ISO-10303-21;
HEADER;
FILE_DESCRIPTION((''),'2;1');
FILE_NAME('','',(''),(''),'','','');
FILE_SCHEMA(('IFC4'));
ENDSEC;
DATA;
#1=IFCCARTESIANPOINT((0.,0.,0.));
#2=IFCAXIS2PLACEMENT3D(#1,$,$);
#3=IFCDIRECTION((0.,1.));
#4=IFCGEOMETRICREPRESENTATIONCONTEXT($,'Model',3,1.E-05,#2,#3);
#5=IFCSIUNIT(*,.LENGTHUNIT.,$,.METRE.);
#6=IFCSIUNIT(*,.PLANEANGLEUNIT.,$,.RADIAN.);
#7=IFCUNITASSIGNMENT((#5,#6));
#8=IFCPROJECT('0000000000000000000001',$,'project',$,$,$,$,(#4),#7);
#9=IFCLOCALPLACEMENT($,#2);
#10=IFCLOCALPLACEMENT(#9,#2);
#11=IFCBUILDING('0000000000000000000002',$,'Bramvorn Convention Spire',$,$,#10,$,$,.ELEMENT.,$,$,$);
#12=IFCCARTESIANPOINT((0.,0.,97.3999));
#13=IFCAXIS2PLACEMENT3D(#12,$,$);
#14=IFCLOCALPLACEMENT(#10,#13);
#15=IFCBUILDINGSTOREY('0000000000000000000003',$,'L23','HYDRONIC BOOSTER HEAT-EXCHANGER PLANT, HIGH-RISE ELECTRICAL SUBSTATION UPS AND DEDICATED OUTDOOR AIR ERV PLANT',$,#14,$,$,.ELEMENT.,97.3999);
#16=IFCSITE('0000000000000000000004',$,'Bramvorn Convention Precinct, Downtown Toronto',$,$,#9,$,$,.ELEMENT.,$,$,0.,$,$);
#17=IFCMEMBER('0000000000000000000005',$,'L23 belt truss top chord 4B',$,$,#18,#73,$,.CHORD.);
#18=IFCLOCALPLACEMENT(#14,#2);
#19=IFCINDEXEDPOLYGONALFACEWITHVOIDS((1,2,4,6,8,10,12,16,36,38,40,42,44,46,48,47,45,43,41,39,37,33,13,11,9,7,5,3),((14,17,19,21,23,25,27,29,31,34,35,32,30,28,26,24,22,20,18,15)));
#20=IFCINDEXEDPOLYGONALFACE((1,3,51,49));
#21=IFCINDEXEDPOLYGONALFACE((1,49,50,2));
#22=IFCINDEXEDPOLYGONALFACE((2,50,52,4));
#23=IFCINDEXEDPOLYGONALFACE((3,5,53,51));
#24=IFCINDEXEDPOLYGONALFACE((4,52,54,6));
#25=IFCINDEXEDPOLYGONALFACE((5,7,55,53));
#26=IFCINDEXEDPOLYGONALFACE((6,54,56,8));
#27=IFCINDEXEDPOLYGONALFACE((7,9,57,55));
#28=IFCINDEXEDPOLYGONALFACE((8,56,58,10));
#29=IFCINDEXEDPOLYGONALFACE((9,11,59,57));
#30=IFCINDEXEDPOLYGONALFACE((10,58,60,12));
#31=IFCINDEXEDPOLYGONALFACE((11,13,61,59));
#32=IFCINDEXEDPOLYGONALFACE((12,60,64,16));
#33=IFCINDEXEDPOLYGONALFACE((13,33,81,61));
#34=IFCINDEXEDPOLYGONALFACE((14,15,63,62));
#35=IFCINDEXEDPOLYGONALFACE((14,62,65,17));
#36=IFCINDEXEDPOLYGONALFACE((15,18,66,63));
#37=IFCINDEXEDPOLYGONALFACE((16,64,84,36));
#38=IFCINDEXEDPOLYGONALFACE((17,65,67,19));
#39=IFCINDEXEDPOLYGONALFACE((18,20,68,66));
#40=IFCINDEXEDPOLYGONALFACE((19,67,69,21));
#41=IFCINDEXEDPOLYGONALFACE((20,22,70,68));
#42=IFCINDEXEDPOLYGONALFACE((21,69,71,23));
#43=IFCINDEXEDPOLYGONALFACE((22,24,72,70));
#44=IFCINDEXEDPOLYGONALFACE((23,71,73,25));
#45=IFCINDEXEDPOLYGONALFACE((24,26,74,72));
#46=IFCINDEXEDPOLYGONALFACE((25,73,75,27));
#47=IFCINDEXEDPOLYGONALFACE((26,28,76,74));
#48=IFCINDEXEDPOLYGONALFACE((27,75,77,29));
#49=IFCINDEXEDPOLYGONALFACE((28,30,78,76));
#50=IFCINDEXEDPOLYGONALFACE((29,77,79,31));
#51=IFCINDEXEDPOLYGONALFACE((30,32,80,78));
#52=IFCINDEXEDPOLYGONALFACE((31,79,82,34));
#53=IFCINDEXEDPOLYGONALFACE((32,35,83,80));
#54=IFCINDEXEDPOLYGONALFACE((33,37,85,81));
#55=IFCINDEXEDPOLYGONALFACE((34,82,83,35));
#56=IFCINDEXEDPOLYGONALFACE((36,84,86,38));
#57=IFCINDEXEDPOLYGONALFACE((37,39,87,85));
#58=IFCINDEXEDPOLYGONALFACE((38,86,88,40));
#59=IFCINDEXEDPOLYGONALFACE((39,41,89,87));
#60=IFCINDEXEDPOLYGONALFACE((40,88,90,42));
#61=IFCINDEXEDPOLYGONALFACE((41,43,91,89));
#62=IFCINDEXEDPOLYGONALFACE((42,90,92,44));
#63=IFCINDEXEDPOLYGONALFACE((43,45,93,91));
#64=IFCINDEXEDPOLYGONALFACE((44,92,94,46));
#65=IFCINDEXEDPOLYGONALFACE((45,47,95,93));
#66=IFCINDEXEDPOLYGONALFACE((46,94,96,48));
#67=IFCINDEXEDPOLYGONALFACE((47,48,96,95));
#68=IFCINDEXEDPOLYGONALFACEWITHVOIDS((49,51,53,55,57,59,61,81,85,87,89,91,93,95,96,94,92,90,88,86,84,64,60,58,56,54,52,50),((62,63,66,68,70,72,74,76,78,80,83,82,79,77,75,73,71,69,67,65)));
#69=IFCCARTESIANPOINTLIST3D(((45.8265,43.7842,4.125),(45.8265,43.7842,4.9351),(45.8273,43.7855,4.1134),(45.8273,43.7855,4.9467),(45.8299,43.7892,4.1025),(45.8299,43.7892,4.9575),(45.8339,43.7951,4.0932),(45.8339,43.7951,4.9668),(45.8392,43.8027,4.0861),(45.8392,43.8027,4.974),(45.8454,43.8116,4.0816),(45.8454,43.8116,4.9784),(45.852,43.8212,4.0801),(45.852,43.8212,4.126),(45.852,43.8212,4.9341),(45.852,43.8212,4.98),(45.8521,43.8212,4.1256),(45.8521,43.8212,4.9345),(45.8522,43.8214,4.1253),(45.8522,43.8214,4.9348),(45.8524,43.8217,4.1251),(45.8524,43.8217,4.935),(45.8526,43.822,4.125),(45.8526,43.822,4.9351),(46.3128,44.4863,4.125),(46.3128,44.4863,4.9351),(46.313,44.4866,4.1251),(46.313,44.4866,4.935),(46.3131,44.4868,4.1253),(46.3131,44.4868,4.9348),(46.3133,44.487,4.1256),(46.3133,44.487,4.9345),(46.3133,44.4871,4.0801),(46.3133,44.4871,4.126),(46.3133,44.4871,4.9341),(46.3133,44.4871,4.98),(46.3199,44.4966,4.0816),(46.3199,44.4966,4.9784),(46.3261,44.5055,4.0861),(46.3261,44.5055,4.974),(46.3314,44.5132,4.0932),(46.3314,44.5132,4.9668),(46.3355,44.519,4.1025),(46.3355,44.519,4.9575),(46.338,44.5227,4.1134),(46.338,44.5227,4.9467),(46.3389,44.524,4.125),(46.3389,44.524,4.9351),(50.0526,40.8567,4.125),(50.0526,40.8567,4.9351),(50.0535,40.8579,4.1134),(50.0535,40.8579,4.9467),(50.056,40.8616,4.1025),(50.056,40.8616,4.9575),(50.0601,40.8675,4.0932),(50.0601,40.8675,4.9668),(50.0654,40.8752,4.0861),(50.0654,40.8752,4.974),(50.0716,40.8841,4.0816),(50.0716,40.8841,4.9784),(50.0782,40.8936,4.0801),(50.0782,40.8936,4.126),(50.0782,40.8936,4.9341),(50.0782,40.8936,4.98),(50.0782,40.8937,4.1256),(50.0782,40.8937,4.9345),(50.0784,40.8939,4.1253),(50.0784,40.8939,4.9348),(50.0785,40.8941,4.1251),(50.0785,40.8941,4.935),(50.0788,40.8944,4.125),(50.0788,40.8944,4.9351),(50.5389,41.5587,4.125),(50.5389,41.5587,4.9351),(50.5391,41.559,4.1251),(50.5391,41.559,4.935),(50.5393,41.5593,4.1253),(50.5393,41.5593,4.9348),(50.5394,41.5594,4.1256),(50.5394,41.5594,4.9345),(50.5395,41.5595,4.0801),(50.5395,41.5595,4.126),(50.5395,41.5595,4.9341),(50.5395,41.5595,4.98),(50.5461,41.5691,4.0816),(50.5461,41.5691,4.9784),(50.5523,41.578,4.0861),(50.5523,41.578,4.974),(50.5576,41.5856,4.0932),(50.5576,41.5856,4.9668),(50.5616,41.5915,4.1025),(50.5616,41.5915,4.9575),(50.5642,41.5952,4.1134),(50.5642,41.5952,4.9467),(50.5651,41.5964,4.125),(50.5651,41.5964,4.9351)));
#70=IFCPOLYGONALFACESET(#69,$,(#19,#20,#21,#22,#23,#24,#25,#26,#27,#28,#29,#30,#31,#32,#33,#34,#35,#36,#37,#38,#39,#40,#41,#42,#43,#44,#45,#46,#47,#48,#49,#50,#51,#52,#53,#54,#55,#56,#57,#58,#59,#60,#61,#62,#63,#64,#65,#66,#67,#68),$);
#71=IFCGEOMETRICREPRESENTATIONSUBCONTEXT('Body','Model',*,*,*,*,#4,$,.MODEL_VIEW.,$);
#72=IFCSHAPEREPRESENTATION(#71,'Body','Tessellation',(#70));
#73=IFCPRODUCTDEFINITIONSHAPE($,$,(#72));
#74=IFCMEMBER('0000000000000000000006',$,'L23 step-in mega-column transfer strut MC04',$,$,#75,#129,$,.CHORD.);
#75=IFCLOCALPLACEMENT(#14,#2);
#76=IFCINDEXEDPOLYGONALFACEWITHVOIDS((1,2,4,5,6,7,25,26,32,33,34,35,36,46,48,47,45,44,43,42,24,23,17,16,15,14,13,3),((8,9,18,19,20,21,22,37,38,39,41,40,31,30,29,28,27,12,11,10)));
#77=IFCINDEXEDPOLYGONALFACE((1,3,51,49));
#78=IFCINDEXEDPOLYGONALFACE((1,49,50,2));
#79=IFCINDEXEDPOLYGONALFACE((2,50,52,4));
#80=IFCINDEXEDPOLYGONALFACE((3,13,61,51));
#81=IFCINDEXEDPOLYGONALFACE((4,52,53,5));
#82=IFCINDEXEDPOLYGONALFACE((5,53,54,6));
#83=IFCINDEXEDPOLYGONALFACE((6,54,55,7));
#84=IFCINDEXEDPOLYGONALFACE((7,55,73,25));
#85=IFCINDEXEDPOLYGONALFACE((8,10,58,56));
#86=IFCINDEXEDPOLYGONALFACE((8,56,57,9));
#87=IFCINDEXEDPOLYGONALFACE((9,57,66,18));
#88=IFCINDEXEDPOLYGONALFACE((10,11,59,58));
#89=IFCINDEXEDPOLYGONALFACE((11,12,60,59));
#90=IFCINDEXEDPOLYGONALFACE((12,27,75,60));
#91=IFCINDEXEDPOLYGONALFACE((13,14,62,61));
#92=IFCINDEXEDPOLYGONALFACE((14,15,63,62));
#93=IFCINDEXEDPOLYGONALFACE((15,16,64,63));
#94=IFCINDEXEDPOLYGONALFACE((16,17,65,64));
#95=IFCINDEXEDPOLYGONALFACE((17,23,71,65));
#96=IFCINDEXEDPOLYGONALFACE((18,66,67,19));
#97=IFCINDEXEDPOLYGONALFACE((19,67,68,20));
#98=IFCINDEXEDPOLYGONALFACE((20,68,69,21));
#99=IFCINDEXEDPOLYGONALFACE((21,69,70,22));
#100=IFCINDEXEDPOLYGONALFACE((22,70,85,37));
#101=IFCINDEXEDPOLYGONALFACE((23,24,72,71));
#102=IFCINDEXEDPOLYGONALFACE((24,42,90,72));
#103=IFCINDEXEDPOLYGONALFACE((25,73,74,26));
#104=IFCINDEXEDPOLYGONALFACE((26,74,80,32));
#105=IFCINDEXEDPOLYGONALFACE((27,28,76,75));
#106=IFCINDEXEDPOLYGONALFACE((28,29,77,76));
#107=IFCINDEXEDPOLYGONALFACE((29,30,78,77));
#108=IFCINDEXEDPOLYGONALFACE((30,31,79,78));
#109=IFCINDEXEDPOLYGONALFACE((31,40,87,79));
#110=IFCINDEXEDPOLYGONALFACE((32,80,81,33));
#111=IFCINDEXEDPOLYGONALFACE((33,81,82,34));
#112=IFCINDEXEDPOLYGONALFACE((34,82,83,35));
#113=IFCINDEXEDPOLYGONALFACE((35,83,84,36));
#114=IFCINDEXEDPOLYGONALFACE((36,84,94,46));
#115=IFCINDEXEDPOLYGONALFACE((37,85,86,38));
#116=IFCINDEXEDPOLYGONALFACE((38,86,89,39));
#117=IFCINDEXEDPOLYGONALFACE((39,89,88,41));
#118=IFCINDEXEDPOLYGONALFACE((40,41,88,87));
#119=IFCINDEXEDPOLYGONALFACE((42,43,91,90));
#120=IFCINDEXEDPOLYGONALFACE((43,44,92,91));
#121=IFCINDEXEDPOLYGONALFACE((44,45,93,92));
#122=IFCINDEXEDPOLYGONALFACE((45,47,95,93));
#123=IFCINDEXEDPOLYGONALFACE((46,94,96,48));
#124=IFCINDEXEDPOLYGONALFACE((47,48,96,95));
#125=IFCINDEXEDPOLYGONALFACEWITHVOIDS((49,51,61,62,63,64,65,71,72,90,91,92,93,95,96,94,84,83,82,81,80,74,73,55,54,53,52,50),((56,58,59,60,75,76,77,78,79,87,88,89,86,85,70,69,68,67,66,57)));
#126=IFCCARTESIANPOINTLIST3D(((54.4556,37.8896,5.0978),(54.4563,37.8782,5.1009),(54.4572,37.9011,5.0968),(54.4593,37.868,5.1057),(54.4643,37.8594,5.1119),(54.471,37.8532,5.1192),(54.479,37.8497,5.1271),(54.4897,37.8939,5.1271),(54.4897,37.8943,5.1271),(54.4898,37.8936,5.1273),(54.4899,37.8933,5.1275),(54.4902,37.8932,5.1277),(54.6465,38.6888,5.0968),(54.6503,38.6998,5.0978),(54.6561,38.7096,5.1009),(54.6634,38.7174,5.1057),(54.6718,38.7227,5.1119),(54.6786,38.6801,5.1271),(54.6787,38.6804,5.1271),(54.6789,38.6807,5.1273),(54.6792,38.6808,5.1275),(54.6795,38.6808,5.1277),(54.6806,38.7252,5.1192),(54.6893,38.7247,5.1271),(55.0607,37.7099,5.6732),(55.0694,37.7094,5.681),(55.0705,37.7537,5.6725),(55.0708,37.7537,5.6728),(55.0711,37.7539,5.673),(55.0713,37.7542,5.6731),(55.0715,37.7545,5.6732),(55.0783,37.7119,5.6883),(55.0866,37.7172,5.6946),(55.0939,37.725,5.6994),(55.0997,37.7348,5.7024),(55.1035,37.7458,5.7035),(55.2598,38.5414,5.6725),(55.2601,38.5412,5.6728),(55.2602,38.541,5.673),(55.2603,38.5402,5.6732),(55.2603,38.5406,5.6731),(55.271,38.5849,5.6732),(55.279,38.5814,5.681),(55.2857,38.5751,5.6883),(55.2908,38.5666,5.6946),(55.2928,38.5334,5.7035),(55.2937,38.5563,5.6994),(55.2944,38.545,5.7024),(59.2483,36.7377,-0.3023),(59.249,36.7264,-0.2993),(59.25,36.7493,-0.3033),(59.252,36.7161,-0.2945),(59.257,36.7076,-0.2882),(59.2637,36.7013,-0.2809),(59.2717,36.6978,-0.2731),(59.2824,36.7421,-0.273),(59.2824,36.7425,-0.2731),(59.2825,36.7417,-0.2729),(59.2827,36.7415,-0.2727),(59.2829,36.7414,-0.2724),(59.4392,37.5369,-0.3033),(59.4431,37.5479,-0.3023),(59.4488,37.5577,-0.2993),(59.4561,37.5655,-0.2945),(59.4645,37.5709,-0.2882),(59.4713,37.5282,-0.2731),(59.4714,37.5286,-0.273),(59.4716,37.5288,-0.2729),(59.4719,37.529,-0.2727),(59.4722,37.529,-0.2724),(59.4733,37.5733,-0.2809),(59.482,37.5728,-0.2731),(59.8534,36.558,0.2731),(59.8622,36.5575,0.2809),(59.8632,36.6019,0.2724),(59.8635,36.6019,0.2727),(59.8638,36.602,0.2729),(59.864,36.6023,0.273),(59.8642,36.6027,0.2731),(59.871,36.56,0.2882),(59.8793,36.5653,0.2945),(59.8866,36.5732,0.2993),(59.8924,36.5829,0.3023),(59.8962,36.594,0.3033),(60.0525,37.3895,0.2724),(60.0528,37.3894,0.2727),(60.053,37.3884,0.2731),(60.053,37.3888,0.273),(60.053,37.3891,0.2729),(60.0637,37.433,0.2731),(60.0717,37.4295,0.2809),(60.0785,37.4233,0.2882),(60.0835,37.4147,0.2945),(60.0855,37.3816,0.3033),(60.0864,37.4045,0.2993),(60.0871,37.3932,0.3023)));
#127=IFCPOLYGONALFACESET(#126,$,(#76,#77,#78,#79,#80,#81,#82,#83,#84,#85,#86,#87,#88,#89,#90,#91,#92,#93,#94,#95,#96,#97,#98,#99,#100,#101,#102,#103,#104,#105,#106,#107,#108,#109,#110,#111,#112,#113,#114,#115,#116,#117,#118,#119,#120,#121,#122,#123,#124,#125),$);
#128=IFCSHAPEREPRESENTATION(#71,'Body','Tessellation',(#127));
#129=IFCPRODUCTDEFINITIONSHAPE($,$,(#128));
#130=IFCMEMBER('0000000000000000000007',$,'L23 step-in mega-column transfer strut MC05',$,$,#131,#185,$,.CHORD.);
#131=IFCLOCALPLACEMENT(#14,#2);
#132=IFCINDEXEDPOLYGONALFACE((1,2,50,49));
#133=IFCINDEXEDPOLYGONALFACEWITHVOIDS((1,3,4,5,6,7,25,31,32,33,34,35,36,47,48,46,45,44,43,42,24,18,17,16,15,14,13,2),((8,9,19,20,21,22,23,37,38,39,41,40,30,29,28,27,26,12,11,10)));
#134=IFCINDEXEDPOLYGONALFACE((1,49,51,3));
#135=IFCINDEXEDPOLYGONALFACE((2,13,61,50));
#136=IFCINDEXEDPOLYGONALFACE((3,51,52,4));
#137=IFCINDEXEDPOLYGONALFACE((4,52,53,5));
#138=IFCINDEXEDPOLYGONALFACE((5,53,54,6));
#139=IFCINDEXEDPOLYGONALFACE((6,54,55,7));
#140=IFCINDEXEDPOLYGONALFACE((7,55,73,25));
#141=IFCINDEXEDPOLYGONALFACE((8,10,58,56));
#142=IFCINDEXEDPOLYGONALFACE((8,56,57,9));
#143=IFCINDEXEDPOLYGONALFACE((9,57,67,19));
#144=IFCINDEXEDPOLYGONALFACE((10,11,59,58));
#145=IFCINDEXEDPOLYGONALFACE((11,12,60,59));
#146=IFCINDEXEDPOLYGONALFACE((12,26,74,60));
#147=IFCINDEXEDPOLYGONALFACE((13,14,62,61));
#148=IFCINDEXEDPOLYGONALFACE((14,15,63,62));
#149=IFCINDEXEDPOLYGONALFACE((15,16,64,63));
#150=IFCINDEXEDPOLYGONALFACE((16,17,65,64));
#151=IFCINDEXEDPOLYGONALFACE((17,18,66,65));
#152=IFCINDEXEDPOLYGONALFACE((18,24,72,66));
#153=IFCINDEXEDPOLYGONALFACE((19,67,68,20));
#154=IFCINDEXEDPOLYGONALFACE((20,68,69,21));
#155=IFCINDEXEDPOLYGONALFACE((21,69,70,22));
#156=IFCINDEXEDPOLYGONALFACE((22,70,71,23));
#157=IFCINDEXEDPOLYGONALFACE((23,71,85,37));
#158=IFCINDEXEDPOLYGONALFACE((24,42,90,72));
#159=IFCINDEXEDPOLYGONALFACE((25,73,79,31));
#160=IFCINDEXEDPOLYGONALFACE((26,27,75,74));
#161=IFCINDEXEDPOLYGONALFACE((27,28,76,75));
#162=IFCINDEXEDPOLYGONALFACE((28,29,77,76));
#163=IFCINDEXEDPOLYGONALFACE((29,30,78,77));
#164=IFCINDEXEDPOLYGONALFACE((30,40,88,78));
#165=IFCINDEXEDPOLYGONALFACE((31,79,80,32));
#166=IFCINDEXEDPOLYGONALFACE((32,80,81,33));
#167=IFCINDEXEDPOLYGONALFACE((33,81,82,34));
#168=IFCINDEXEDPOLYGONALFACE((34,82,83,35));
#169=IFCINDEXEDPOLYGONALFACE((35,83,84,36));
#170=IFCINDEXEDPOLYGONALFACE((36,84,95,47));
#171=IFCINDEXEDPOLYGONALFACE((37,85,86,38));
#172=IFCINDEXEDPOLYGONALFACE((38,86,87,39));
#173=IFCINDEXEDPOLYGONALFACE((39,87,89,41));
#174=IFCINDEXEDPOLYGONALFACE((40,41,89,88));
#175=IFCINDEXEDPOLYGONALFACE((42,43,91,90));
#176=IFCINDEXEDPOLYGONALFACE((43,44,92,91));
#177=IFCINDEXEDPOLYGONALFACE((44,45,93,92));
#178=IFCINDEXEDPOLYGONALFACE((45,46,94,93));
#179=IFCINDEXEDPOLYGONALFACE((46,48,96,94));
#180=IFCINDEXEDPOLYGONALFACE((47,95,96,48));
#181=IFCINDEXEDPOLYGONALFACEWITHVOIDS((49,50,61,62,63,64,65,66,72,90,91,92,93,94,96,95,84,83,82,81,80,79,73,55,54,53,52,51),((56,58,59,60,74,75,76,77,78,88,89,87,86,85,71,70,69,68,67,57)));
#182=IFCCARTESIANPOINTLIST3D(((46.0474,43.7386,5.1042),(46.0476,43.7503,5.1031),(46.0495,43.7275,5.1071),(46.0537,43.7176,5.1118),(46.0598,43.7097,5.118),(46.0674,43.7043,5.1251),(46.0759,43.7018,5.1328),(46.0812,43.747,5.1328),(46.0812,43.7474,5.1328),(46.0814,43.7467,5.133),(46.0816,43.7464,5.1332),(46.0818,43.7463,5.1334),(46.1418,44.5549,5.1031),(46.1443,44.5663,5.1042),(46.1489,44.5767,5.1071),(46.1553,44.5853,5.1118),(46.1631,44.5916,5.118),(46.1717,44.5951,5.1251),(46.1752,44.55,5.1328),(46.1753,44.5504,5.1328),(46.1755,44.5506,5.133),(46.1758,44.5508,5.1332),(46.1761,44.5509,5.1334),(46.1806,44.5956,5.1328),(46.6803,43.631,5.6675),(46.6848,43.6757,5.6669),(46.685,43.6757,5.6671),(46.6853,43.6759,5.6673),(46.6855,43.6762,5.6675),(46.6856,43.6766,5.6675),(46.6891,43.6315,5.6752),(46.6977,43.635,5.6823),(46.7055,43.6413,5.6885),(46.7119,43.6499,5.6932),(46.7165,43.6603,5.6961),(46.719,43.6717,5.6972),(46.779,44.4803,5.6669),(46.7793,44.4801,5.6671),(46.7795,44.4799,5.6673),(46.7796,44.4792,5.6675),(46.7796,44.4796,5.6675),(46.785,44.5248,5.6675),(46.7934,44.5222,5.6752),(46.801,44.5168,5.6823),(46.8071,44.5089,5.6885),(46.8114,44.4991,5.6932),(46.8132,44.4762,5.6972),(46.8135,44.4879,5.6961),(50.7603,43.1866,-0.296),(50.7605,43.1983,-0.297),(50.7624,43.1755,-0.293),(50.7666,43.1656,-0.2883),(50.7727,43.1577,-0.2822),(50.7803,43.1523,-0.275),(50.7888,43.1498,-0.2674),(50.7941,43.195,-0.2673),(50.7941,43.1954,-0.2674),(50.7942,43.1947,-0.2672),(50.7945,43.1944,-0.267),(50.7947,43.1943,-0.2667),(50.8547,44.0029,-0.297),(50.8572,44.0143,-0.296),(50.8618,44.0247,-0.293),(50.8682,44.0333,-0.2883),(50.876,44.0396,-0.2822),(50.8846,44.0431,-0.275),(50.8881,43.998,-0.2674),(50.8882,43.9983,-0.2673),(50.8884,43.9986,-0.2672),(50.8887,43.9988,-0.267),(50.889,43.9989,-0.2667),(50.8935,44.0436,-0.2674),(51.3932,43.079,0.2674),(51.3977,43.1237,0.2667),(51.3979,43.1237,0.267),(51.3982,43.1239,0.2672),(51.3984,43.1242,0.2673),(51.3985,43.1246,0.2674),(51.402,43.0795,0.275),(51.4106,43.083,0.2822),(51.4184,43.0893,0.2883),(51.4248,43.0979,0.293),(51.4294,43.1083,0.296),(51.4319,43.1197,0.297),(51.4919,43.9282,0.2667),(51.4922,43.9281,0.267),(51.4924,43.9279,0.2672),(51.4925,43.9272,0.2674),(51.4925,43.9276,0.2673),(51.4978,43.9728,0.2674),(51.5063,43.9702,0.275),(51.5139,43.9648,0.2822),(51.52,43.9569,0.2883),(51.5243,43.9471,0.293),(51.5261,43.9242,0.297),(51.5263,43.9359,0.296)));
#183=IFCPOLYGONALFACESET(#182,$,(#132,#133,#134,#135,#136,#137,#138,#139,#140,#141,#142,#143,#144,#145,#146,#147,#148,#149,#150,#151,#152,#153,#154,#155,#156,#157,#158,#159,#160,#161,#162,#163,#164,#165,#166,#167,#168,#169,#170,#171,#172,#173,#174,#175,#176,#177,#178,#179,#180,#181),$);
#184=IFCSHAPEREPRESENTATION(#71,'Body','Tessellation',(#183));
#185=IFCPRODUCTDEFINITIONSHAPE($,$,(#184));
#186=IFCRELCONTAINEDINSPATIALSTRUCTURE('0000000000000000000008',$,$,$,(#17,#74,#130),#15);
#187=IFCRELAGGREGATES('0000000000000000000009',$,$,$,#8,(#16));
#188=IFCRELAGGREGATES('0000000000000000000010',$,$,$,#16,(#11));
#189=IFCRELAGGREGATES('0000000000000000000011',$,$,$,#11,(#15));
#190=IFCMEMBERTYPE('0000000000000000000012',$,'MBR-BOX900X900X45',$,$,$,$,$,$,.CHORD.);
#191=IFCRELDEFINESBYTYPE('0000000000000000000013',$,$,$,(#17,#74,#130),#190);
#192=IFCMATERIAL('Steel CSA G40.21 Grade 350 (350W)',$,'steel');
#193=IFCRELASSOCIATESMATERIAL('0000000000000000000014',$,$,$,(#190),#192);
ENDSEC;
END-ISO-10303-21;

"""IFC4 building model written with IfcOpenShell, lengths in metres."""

from ifc_helpers import new_model, si_unit, direction, frame, origin, origin_2d, place, context, subcontext, project, spatial, hollow_rectangle, extrude, material, material_profile, profile_set, type_object, element, save


model = new_model("IFC4")

# Units and contexts
model_context = context("Model", 3, precision=1e-05, world=origin(), true_north=direction((0.0, 1.0)))
body_context = subcontext(model_context, "Body", "Model", "MODEL_VIEW")
ifc_project = project(units=[si_unit("LENGTHUNIT", "METRE"), si_unit("PLANEANGLEUNIT", "RADIAN")], contexts=[model_context])

# Site, building, storey
site_placement = place(None, origin())
site = spatial("IfcSite", under=ifc_project, at=site_placement, Name="Bramvorn Convention Precinct, Downtown Toronto", CompositionType="ELEMENT", RefElevation=0.0)
building_placement = place(site_placement, origin())
building = spatial("IfcBuilding", under=site, at=building_placement, Name="Bramvorn Convention Spire", CompositionType="ELEMENT")
storey_placement = place(building_placement, frame((0.0, 0.0, 97.3999)))
storey = spatial("IfcBuildingStorey", under=building, at=storey_placement, Name="L23", Description="HYDRONIC BOOSTER HEAT-EXCHANGER PLANT, HIGH-RISE ELECTRICAL SUBSTATION UPS AND DEDICATED OUTDOOR AIR ERV PLANT", CompositionType="ELEMENT", Elevation=97.3999)

# Shared definitions
ifc_material_1 = material(Name="Steel CSA G40.21 Grade 350 (350W)", Category="steel")

# Members
ifc_material_profile_1 = material_profile(ifc_material_1, hollow_rectangle(XDim=0.8999, YDim=0.8999, WallThickness=0.0449, InnerFilletRadius=0.001, OuterFilletRadius=0.0449, at=origin_2d()))
ifc_profile_set_1 = profile_set([ifc_material_profile_1], Name="Steel CSA G40.21 Grade 350 (350W) - BOX900X900X45")
member_type_1 = type_object("IfcMemberType", Name="MBR-BOX900X900X45", PredefinedType="CHORD", material=ifc_profile_set_1)
for number, where, z_axis, x_axis, name in (
    (1, (50.3088, 41.2266, 4.53), (-0.822033, 0.56944, 0.0), (-0.56944, -0.822033, 0.0), "L23 belt truss top chord 4B"),
):
    element("IfcMember", number, at=place(storey_placement, frame(where, z_axis=z_axis, x_axis=x_axis)), inside=storey, type_object=member_type_1, Name=name, PredefinedType="CHORD", context=body_context, shape_type="SweptSolid", body=[
        extrude(hollow_rectangle(XDim=0.8999, YDim=0.8999, WallThickness=0.0449, InnerFilletRadius=0.001, OuterFilletRadius=0.0449, at=origin_2d()), origin(), (0.0, 0.0, 1.0), 5.1411),
    ])
member_1_placement = place(storey_placement, frame((59.6677, 37.0654, 0.0), z_axis=(-0.655502, 0.157539, 0.738579), x_axis=(-0.23368, -0.972314, 0.0)))
element("IfcMember", 2, at=member_1_placement, inside=storey, type_object=member_type_1, Name="L23 step-in mega-column transfer strut MC04", PredefinedType="CHORD", context=body_context, shape_type="SweptSolid", body=[
    extrude(hollow_rectangle(XDim=0.8999, YDim=0.8999, WallThickness=0.0449, InnerFilletRadius=0.001, OuterFilletRadius=0.0449, at=origin_2d()), origin(), (0.0, 0.0, 1.0), 7.3115),
])
member_2_placement = place(storey_placement, frame((51.1433, 43.5613, 0.0), z_axis=(-0.655596, 0.076787, 0.751198), x_axis=(-0.116331, -0.993211, 0.0)))
element("IfcMember", 3, at=member_2_placement, inside=storey, type_object=member_type_1, Name="L23 step-in mega-column transfer strut MC05", PredefinedType="CHORD", context=body_context, shape_type="SweptSolid", body=[
    extrude(hollow_rectangle(XDim=0.8999, YDim=0.8999, WallThickness=0.0449, InnerFilletRadius=0.001, OuterFilletRadius=0.0449, at=origin_2d()), origin(), (0.0, 0.0, 1.0), 7.1887),
])

save(model, "model.ifc")
